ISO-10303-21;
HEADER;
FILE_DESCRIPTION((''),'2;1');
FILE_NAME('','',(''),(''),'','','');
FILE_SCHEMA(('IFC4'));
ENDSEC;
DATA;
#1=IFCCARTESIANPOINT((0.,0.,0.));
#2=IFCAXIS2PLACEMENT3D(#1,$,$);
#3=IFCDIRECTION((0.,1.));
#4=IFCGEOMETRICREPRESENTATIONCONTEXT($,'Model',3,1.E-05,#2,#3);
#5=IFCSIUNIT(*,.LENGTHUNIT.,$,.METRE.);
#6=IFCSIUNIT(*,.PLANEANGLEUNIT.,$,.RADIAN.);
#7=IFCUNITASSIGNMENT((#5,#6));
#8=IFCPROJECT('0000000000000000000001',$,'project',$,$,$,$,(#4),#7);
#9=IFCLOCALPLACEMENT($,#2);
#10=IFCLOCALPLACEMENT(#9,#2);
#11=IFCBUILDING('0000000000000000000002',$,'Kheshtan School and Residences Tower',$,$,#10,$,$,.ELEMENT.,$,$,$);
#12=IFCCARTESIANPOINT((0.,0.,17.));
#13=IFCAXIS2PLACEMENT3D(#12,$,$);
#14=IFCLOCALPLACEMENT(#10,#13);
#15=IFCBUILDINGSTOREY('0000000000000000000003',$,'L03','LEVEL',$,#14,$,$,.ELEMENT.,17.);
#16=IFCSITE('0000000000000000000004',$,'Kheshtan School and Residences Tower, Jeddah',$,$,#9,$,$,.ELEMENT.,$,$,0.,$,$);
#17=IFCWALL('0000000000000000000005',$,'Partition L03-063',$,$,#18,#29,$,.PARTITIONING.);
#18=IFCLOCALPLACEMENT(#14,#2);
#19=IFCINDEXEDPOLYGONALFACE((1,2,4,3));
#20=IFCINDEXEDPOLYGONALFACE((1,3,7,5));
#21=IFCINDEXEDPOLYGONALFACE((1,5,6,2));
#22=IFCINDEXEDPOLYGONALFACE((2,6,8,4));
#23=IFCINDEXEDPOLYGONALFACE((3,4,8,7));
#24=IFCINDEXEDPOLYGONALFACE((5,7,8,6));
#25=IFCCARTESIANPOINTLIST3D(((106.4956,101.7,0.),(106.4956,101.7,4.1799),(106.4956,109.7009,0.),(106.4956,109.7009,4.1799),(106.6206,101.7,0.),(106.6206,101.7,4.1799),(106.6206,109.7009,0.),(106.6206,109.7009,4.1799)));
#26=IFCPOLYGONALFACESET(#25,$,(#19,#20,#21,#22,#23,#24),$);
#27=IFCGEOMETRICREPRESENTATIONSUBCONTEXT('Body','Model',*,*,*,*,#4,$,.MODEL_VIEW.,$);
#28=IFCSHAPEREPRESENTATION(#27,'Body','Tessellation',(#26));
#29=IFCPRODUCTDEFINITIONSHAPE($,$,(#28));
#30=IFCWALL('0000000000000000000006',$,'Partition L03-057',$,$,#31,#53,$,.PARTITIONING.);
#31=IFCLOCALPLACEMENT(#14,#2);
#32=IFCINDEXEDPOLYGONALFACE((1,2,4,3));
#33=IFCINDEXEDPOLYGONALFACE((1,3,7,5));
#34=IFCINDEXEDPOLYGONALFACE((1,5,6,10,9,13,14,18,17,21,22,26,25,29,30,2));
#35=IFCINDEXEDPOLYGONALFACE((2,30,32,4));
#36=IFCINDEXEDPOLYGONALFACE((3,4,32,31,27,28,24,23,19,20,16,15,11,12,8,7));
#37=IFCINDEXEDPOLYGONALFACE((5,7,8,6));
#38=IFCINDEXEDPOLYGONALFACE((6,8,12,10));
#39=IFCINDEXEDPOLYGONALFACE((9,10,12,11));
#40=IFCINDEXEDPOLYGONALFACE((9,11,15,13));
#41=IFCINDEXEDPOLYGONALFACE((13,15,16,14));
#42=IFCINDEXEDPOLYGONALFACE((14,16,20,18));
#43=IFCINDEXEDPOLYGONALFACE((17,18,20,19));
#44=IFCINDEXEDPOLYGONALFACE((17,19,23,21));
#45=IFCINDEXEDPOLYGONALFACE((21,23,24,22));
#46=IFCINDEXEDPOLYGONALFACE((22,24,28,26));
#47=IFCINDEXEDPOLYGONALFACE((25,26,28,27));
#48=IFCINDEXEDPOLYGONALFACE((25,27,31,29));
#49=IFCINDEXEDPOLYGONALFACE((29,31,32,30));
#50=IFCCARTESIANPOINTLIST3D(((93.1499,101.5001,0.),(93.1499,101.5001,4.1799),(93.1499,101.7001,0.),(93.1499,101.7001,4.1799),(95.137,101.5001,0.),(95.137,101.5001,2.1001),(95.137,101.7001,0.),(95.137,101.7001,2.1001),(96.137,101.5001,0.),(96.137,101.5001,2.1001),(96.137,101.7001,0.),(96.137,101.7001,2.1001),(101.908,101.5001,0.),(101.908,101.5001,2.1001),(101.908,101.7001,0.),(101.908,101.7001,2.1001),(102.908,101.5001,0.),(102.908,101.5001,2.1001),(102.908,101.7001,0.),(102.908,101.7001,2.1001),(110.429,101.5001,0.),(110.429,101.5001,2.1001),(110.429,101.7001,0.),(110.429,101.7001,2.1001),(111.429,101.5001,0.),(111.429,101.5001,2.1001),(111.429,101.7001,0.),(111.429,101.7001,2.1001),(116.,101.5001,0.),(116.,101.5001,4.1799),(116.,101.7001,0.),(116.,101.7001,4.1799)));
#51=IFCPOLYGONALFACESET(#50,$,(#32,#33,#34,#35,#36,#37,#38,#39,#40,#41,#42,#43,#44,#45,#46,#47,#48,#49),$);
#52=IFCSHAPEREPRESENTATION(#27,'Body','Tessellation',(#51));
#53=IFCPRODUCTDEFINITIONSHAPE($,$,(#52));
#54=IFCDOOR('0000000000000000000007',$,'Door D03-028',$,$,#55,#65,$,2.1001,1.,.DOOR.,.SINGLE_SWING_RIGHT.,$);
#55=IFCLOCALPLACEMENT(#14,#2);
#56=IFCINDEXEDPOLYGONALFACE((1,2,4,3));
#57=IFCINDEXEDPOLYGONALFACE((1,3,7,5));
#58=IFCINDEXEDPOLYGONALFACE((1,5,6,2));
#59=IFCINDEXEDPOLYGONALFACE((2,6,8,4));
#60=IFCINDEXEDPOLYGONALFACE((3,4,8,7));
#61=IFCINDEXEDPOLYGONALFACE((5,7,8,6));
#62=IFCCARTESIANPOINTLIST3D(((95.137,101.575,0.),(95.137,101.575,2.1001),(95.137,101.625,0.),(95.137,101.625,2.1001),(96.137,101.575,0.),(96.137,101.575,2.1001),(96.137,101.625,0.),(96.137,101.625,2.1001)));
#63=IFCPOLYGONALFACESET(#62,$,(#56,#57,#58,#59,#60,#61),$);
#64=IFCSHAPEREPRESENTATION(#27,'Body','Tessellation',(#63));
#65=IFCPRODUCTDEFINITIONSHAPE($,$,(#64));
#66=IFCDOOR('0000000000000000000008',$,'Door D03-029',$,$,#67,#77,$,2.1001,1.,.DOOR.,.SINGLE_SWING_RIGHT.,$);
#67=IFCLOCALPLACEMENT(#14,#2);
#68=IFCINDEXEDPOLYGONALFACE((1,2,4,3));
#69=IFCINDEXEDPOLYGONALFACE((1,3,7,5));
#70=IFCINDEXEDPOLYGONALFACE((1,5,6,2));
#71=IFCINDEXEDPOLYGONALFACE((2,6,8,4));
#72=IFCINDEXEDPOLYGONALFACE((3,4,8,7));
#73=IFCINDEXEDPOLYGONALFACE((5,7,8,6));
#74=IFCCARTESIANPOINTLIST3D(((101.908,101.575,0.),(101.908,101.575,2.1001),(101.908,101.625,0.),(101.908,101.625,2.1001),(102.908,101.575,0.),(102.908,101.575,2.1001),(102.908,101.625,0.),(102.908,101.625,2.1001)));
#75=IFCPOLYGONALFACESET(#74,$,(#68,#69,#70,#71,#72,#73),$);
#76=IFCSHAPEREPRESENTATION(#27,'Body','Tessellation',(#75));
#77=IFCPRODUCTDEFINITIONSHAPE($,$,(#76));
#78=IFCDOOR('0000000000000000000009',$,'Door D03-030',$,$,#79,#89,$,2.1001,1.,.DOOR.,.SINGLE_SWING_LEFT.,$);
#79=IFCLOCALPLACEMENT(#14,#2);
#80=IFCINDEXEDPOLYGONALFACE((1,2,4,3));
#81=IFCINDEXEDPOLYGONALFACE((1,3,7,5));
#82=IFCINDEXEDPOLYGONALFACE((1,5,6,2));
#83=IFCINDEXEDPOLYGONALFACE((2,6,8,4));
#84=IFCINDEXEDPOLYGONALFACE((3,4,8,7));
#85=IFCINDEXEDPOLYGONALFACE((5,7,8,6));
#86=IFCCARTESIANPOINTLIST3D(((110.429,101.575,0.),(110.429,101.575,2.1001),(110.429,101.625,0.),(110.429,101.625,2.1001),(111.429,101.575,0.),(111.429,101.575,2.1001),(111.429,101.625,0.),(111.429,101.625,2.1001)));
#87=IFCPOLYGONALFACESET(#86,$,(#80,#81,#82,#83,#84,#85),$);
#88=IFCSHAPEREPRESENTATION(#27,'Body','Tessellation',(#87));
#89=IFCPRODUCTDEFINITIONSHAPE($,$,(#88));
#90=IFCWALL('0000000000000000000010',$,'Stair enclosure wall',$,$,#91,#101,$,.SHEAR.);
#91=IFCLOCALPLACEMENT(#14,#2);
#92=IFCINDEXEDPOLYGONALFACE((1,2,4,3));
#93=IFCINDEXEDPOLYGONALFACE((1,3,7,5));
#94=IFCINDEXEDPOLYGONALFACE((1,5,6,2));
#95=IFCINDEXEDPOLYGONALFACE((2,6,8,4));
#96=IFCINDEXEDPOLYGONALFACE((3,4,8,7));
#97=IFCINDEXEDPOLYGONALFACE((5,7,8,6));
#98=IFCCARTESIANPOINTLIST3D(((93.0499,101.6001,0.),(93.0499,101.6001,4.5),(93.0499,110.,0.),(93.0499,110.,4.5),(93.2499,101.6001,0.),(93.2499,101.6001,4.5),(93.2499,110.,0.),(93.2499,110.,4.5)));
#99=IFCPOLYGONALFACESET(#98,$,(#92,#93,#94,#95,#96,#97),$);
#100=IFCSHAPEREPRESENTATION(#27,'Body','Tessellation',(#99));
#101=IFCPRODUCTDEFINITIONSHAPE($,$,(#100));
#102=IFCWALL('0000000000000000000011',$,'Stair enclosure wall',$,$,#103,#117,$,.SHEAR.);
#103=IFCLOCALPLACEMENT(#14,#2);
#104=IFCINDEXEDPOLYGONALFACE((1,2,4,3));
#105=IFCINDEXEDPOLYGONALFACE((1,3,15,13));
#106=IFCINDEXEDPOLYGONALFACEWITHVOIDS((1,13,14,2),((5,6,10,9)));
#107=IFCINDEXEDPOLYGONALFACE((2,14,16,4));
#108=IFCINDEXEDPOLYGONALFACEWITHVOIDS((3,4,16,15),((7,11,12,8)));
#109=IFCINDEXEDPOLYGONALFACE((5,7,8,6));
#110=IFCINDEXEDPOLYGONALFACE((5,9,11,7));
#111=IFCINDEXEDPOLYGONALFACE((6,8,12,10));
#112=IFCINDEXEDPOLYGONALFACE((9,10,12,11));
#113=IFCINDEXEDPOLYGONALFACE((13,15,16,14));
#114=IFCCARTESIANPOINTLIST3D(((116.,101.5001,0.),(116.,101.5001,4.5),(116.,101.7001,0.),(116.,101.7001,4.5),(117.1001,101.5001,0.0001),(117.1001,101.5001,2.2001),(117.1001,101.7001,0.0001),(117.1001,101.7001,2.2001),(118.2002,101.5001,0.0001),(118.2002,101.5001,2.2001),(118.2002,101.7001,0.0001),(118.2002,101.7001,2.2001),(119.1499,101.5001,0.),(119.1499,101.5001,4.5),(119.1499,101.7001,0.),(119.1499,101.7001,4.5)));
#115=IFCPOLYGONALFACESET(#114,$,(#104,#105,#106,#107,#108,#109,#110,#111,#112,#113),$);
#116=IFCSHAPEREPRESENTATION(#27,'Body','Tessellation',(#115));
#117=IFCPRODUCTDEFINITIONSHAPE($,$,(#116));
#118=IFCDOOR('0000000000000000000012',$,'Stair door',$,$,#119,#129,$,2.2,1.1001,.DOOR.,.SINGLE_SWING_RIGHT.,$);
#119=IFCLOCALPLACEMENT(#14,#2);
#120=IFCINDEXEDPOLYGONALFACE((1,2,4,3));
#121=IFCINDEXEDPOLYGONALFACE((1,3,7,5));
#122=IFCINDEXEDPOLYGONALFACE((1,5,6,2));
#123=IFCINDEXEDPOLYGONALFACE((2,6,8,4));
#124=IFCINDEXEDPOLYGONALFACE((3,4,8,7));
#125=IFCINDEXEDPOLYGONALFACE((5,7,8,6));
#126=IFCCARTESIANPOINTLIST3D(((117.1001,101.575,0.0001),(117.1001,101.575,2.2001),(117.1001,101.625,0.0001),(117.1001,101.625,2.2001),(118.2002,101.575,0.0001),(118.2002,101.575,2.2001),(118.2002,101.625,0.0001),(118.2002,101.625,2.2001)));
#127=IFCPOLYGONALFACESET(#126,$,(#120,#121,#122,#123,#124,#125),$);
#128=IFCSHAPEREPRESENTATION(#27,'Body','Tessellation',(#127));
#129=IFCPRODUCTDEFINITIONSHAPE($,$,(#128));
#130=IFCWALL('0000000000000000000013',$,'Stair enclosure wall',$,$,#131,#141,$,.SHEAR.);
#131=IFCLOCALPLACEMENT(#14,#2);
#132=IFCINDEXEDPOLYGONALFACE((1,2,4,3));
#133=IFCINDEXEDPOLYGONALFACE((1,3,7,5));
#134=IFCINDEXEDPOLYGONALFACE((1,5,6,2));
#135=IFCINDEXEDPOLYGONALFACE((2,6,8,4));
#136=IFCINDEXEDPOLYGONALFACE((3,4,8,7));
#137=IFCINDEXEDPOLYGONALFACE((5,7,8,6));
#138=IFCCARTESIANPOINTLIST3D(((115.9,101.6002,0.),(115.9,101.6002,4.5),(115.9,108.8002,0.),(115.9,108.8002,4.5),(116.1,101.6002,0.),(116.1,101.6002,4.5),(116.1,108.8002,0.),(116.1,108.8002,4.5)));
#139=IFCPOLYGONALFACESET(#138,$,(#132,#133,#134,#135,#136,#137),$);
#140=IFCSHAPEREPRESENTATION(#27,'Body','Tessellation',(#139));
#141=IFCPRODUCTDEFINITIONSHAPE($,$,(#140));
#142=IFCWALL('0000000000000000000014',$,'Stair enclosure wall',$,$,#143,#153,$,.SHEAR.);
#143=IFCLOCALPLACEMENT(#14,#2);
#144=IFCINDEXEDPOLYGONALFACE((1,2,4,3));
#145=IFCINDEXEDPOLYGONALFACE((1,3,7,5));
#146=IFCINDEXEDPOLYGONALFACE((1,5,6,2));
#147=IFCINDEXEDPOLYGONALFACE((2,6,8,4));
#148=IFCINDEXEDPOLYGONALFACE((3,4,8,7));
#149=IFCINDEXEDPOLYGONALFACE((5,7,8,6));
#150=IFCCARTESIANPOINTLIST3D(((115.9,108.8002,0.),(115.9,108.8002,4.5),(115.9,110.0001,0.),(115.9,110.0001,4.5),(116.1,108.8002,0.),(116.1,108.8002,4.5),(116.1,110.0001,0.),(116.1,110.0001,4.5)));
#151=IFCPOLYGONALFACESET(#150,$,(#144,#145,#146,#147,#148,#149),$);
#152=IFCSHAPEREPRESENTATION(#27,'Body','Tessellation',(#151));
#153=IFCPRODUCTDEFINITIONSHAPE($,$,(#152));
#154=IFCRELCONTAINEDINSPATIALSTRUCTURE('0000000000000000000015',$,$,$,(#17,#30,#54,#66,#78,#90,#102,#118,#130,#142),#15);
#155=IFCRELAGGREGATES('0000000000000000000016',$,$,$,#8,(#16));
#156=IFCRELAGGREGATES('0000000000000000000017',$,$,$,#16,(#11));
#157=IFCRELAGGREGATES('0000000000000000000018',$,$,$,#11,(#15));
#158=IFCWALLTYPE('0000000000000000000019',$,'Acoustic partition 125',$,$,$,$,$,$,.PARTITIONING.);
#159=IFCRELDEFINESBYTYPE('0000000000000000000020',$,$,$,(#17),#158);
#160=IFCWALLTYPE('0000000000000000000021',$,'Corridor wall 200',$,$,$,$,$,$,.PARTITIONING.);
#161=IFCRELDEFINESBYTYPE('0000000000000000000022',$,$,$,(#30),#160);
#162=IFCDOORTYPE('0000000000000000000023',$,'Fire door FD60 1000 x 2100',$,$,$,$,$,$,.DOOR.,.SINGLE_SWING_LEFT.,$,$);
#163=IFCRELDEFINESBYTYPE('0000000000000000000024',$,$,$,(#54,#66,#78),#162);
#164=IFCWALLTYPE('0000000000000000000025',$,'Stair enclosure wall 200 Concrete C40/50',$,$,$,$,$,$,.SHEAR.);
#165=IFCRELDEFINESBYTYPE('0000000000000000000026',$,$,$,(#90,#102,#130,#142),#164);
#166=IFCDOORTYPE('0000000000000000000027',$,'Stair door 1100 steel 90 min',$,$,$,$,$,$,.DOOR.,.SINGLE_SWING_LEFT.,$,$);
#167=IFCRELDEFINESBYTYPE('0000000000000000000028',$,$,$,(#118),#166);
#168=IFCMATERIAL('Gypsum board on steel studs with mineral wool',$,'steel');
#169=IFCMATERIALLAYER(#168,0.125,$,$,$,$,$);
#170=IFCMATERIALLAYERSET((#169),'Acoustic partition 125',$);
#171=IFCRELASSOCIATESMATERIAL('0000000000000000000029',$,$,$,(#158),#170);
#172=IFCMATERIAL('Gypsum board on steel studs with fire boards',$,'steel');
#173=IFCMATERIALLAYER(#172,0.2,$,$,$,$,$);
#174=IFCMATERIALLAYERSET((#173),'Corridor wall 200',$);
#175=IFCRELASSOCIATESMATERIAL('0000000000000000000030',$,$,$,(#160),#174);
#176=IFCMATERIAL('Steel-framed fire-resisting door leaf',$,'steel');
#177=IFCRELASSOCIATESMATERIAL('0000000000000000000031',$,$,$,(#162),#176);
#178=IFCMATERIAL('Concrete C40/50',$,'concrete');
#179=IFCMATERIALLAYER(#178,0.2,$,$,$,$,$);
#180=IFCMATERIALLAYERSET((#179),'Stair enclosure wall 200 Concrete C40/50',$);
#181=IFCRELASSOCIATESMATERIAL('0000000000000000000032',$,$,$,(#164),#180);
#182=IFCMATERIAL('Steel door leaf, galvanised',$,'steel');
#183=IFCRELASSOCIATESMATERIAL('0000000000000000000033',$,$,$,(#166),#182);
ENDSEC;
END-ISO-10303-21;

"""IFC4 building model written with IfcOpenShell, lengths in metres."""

from ifc_helpers import new_model, si_unit, direction, frame, frame_2d, origin, place, context, subcontext, project, spatial, rectangle, extrude, source, transform, mapped, material, layer, layer_set, type_object, element, fill, save


model = new_model("IFC4")

# Units and contexts
model_context = context("Model", 3, precision=1e-05, world=origin(), true_north=direction((0.0, 1.0)))
body_context = subcontext(model_context, "Body", "Model", "MODEL_VIEW")
ifc_project = project(units=[si_unit("LENGTHUNIT", "METRE"), si_unit("PLANEANGLEUNIT", "RADIAN")], contexts=[model_context])

# Site, building, storey
site_placement = place(None, origin())
site = spatial("IfcSite", under=ifc_project, at=site_placement, Name="Kheshtan School and Residences Tower, Jeddah", CompositionType="ELEMENT", RefElevation=0.0)
building_placement = place(site_placement, origin())
building = spatial("IfcBuilding", under=site, at=building_placement, Name="Kheshtan School and Residences Tower", CompositionType="ELEMENT")
storey_placement = place(building_placement, frame((0.0, 0.0, 17.0)))
storey = spatial("IfcBuildingStorey", under=building, at=storey_placement, Name="L03", Description="LEVEL", CompositionType="ELEMENT", Elevation=17.0)

# Wall
ifc_material_1 = material(Name="Gypsum board on steel studs with mineral wool", Category="steel")
ifc_layer_1 = layer(ifc_material_1, 0.125)
ifc_layer_set_1 = layer_set([ifc_layer_1], Name="Acoustic partition 125")
wall_type_1 = type_object("IfcWallType", Name="Acoustic partition 125", PredefinedType="PARTITIONING", material=ifc_layer_set_1)
for number, where, z_axis, x_axis, name in (
    (1, (106.5581, 101.7, 0.0), (0.0, 0.0, 1.0), (0.0, 1.0, 0.0), "Partition L03-063"),
):
    element("IfcWall", number, at=place(storey_placement, frame(where, z_axis=z_axis, x_axis=x_axis)), inside=storey, type_object=wall_type_1, Name=name, PredefinedType="PARTITIONING", context=body_context, shape_type="SweptSolid", body=[
        extrude(rectangle(XDim=8.001, YDim=0.125, at=frame_2d((4.0005, 0.0))), origin(), (0.0, 0.0, 1.0), 4.1799),
    ])

# Wall, openings, doors
ifc_material_2 = material(Name="Gypsum board on steel studs with fire boards", Category="steel")
ifc_layer_2 = layer(ifc_material_2, 0.2)
ifc_layer_set_2 = layer_set([ifc_layer_2], Name="Corridor wall 200")
wall_type_2 = type_object("IfcWallType", Name="Corridor wall 200", PredefinedType="PARTITIONING", material=ifc_layer_set_2)
wall_1_placement = place(storey_placement, frame((93.1499, 101.6001, 0.0), z_axis=(0.0, 0.0, 1.0), x_axis=(1.0, 0.0, 0.0)))
wall_1 = element("IfcWall", 2, at=wall_1_placement, inside=storey, type_object=wall_type_2, Name="Partition L03-057", PredefinedType="PARTITIONING", context=body_context, shape_type="SweptSolid", body=[
    extrude(rectangle(XDim=22.8501, YDim=0.2, at=frame_2d((11.425, 0.0))), origin(), (0.0, 0.0, 1.0), 4.1799),
])
opening_1_placement = place(wall_1_placement, frame((1.9871, 0.0, 0.0)))
opening_1 = element("IfcOpeningElement", 3, at=opening_1_placement, cuts=wall_1, PredefinedType="OPENING", context=body_context, shape_type="SweptSolid", body=[
    extrude(rectangle(XDim=1.0, YDim=2.1001, at=frame_2d((0.5, 1.05))), frame((0.0, 0.1099, 0.0), z_axis=(0.0, -1.0, 0.0), x_axis=(1.0, 0.0, 0.0)), (0.0, 0.0, 1.0), 0.22),
])
opening_2_placement = place(wall_1_placement, frame((8.7581, 0.0, 0.0)))
opening_2 = element("IfcOpeningElement", 4, at=opening_2_placement, cuts=wall_1, PredefinedType="OPENING", context=body_context, shape_type="SweptSolid", body=[
    extrude(rectangle(XDim=1.0, YDim=2.1001, at=frame_2d((0.5, 1.05))), frame((0.0, 0.1099, 0.0), z_axis=(0.0, -1.0, 0.0), x_axis=(1.0, 0.0, 0.0)), (0.0, 0.0, 1.0), 0.22),
])
opening_3_placement = place(wall_1_placement, frame((17.2791, 0.0, 0.0)))
opening_3 = element("IfcOpeningElement", 5, at=opening_3_placement, cuts=wall_1, PredefinedType="OPENING", context=body_context, shape_type="SweptSolid", body=[
    extrude(rectangle(XDim=1.0, YDim=2.1001, at=frame_2d((0.5, 1.05))), frame((0.0, 0.1099, 0.0), z_axis=(0.0, -1.0, 0.0), x_axis=(1.0, 0.0, 0.0)), (0.0, 0.0, 1.0), 0.22),
])
ifc_material_3 = material(Name="Steel-framed fire-resisting door leaf", Category="steel")
door_type_1 = type_object("IfcDoorType", Name="Fire door FD60 1000 x 2100", OperationType="SINGLE_SWING_LEFT", PredefinedType="DOOR", material=ifc_material_3)
shared_shape_1 = source(origin(), body_context, "Body", "SweptSolid", [
    extrude(rectangle(XDim=1.0, YDim=2.1001, at=frame_2d((0.5, 1.05))), frame((0.0, 0.0249, 0.0), z_axis=(0.0, -1.0, 0.0), x_axis=(1.0, 0.0, 0.0)), (0.0, 0.0, 1.0), 0.05),
])
door_1_placement = place(opening_1_placement, origin())
door_1 = element("IfcDoor", 6, at=door_1_placement, inside=storey, type_object=door_type_1, Name="Door D03-028", OperationType="SINGLE_SWING_RIGHT", OverallHeight=2.1001, OverallWidth=1.0, PredefinedType="DOOR", context=body_context, shape_type="MappedRepresentation", body=[
    mapped(shared_shape_1, transform((0.0, 0.0, 0.0), x_axis=(1.0, 0.0, 0.0), y_axis=(0.0, 1.0, 0.0), z_axis=(0.0, 0.0, 1.0), scale=1.0)),
])
fill(opening_1, door_1)
door_2_placement = place(opening_2_placement, origin())
door_2 = element("IfcDoor", 7, at=door_2_placement, inside=storey, type_object=door_type_1, Name="Door D03-029", OperationType="SINGLE_SWING_RIGHT", OverallHeight=2.1001, OverallWidth=1.0, PredefinedType="DOOR", context=body_context, shape_type="MappedRepresentation", body=[
    mapped(shared_shape_1, transform((0.0, 0.0, 0.0), x_axis=(1.0, 0.0, 0.0), y_axis=(0.0, 1.0, 0.0), z_axis=(0.0, 0.0, 1.0), scale=1.0)),
])
fill(opening_2, door_2)
door_3_placement = place(opening_3_placement, origin())
door_3 = element("IfcDoor", 8, at=door_3_placement, inside=storey, type_object=door_type_1, Name="Door D03-030", OperationType="SINGLE_SWING_LEFT", OverallHeight=2.1001, OverallWidth=1.0, PredefinedType="DOOR", context=body_context, shape_type="MappedRepresentation", body=[
    mapped(shared_shape_1, transform((0.0, 0.0, 0.0), x_axis=(1.0, 0.0, 0.0), y_axis=(0.0, 1.0, 0.0), z_axis=(0.0, 0.0, 1.0), scale=1.0)),
])
fill(opening_3, door_3)

# Wall
ifc_material_4 = material(Name="Concrete C40/50", Category="concrete")
ifc_layer_3 = layer(ifc_material_4, 0.2)
ifc_layer_set_3 = layer_set([ifc_layer_3], Name="Stair enclosure wall 200 Concrete C40/50")
wall_type_3 = type_object("IfcWallType", Name="Stair enclosure wall 200 Concrete C40/50", PredefinedType="SHEAR", material=ifc_layer_set_3)
wall_2_placement = place(storey_placement, frame((93.1499, 101.6001, 0.0), z_axis=(0.0, 0.0, 1.0), x_axis=(0.0, 1.0, 0.0)))
element("IfcWall", 9, at=wall_2_placement, inside=storey, type_object=wall_type_3, Name="Stair enclosure wall", PredefinedType="SHEAR", context=body_context, shape_type="SweptSolid", body=[
    extrude(rectangle(XDim=8.3999, YDim=0.2, at=frame_2d((4.2, 0.0))), origin(), (0.0, 0.0, 1.0), 4.5),
])

# Wall, opening, door
wall_3_placement = place(storey_placement, frame((116.0, 101.6001, 0.0), z_axis=(0.0, 0.0, 1.0), x_axis=(1.0, 0.0, 0.0)))
wall_3 = element("IfcWall", 10, at=wall_3_placement, inside=storey, type_object=wall_type_3, Name="Stair enclosure wall", PredefinedType="SHEAR", context=body_context, shape_type="SweptSolid", body=[
    extrude(rectangle(XDim=3.1499, YDim=0.2, at=frame_2d((1.575, 0.0))), origin(), (0.0, 0.0, 1.0), 4.5),
])
opening_4_placement = place(wall_3_placement, frame((1.1001, 0.0, 0.0)))
opening_4 = element("IfcOpeningElement", 11, at=opening_4_placement, cuts=wall_3, PredefinedType="OPENING", context=body_context, shape_type="SweptSolid", body=[
    extrude(rectangle(XDim=1.1001, YDim=2.2, at=frame_2d((0.55, 1.1001))), frame((0.0, 0.1099, 0.0), z_axis=(0.0, -1.0, 0.0), x_axis=(1.0, 0.0, 0.0)), (0.0, 0.0, 1.0), 0.22),
])
ifc_material_5 = material(Name="Steel door leaf, galvanised", Category="steel")
door_type_2 = type_object("IfcDoorType", Name="Stair door 1100 steel 90 min", OperationType="SINGLE_SWING_LEFT", PredefinedType="DOOR", material=ifc_material_5)
shared_shape_2 = source(origin(), body_context, "Body", "SweptSolid", [
    extrude(rectangle(XDim=1.1001, YDim=2.2, at=frame_2d((0.55, 1.1001))), frame((0.0, 0.0249, 0.0), z_axis=(0.0, -1.0, 0.0), x_axis=(1.0, 0.0, 0.0)), (0.0, 0.0, 1.0), 0.05),
])
door_4_placement = place(opening_4_placement, origin())
door_4 = element("IfcDoor", 12, at=door_4_placement, inside=storey, type_object=door_type_2, Name="Stair door", OperationType="SINGLE_SWING_RIGHT", OverallHeight=2.2, OverallWidth=1.1001, PredefinedType="DOOR", context=body_context, shape_type="MappedRepresentation", body=[
    mapped(shared_shape_2, transform((0.0, 0.0, 0.0), x_axis=(1.0, 0.0, 0.0), y_axis=(0.0, 1.0, 0.0), z_axis=(0.0, 0.0, 1.0), scale=1.0)),
])
fill(opening_4, door_4)

# Walls
wall_4_placement = place(storey_placement, frame((116.0, 101.6001, 0.0), z_axis=(0.0, 0.0, 1.0), x_axis=(0.0, 1.0, 0.0)))
element("IfcWall", 13, at=wall_4_placement, inside=storey, type_object=wall_type_3, Name="Stair enclosure wall", PredefinedType="SHEAR", context=body_context, shape_type="SweptSolid", body=[
    extrude(rectangle(XDim=7.2, YDim=0.2, at=frame_2d((3.6001, 0.0))), origin(), (0.0, 0.0, 1.0), 4.5),
])
wall_5_placement = place(storey_placement, frame((116.0, 108.8, 0.0), z_axis=(0.0, 0.0, 1.0), x_axis=(0.0, 1.0, 0.0)))
element("IfcWall", 14, at=wall_5_placement, inside=storey, type_object=wall_type_3, Name="Stair enclosure wall", PredefinedType="SHEAR", context=body_context, shape_type="SweptSolid", body=[
    extrude(rectangle(XDim=1.2, YDim=0.2, at=frame_2d((0.6001, 0.0))), origin(), (0.0, 0.0, 1.0), 4.5),
])

save(model, "model.ifc")
